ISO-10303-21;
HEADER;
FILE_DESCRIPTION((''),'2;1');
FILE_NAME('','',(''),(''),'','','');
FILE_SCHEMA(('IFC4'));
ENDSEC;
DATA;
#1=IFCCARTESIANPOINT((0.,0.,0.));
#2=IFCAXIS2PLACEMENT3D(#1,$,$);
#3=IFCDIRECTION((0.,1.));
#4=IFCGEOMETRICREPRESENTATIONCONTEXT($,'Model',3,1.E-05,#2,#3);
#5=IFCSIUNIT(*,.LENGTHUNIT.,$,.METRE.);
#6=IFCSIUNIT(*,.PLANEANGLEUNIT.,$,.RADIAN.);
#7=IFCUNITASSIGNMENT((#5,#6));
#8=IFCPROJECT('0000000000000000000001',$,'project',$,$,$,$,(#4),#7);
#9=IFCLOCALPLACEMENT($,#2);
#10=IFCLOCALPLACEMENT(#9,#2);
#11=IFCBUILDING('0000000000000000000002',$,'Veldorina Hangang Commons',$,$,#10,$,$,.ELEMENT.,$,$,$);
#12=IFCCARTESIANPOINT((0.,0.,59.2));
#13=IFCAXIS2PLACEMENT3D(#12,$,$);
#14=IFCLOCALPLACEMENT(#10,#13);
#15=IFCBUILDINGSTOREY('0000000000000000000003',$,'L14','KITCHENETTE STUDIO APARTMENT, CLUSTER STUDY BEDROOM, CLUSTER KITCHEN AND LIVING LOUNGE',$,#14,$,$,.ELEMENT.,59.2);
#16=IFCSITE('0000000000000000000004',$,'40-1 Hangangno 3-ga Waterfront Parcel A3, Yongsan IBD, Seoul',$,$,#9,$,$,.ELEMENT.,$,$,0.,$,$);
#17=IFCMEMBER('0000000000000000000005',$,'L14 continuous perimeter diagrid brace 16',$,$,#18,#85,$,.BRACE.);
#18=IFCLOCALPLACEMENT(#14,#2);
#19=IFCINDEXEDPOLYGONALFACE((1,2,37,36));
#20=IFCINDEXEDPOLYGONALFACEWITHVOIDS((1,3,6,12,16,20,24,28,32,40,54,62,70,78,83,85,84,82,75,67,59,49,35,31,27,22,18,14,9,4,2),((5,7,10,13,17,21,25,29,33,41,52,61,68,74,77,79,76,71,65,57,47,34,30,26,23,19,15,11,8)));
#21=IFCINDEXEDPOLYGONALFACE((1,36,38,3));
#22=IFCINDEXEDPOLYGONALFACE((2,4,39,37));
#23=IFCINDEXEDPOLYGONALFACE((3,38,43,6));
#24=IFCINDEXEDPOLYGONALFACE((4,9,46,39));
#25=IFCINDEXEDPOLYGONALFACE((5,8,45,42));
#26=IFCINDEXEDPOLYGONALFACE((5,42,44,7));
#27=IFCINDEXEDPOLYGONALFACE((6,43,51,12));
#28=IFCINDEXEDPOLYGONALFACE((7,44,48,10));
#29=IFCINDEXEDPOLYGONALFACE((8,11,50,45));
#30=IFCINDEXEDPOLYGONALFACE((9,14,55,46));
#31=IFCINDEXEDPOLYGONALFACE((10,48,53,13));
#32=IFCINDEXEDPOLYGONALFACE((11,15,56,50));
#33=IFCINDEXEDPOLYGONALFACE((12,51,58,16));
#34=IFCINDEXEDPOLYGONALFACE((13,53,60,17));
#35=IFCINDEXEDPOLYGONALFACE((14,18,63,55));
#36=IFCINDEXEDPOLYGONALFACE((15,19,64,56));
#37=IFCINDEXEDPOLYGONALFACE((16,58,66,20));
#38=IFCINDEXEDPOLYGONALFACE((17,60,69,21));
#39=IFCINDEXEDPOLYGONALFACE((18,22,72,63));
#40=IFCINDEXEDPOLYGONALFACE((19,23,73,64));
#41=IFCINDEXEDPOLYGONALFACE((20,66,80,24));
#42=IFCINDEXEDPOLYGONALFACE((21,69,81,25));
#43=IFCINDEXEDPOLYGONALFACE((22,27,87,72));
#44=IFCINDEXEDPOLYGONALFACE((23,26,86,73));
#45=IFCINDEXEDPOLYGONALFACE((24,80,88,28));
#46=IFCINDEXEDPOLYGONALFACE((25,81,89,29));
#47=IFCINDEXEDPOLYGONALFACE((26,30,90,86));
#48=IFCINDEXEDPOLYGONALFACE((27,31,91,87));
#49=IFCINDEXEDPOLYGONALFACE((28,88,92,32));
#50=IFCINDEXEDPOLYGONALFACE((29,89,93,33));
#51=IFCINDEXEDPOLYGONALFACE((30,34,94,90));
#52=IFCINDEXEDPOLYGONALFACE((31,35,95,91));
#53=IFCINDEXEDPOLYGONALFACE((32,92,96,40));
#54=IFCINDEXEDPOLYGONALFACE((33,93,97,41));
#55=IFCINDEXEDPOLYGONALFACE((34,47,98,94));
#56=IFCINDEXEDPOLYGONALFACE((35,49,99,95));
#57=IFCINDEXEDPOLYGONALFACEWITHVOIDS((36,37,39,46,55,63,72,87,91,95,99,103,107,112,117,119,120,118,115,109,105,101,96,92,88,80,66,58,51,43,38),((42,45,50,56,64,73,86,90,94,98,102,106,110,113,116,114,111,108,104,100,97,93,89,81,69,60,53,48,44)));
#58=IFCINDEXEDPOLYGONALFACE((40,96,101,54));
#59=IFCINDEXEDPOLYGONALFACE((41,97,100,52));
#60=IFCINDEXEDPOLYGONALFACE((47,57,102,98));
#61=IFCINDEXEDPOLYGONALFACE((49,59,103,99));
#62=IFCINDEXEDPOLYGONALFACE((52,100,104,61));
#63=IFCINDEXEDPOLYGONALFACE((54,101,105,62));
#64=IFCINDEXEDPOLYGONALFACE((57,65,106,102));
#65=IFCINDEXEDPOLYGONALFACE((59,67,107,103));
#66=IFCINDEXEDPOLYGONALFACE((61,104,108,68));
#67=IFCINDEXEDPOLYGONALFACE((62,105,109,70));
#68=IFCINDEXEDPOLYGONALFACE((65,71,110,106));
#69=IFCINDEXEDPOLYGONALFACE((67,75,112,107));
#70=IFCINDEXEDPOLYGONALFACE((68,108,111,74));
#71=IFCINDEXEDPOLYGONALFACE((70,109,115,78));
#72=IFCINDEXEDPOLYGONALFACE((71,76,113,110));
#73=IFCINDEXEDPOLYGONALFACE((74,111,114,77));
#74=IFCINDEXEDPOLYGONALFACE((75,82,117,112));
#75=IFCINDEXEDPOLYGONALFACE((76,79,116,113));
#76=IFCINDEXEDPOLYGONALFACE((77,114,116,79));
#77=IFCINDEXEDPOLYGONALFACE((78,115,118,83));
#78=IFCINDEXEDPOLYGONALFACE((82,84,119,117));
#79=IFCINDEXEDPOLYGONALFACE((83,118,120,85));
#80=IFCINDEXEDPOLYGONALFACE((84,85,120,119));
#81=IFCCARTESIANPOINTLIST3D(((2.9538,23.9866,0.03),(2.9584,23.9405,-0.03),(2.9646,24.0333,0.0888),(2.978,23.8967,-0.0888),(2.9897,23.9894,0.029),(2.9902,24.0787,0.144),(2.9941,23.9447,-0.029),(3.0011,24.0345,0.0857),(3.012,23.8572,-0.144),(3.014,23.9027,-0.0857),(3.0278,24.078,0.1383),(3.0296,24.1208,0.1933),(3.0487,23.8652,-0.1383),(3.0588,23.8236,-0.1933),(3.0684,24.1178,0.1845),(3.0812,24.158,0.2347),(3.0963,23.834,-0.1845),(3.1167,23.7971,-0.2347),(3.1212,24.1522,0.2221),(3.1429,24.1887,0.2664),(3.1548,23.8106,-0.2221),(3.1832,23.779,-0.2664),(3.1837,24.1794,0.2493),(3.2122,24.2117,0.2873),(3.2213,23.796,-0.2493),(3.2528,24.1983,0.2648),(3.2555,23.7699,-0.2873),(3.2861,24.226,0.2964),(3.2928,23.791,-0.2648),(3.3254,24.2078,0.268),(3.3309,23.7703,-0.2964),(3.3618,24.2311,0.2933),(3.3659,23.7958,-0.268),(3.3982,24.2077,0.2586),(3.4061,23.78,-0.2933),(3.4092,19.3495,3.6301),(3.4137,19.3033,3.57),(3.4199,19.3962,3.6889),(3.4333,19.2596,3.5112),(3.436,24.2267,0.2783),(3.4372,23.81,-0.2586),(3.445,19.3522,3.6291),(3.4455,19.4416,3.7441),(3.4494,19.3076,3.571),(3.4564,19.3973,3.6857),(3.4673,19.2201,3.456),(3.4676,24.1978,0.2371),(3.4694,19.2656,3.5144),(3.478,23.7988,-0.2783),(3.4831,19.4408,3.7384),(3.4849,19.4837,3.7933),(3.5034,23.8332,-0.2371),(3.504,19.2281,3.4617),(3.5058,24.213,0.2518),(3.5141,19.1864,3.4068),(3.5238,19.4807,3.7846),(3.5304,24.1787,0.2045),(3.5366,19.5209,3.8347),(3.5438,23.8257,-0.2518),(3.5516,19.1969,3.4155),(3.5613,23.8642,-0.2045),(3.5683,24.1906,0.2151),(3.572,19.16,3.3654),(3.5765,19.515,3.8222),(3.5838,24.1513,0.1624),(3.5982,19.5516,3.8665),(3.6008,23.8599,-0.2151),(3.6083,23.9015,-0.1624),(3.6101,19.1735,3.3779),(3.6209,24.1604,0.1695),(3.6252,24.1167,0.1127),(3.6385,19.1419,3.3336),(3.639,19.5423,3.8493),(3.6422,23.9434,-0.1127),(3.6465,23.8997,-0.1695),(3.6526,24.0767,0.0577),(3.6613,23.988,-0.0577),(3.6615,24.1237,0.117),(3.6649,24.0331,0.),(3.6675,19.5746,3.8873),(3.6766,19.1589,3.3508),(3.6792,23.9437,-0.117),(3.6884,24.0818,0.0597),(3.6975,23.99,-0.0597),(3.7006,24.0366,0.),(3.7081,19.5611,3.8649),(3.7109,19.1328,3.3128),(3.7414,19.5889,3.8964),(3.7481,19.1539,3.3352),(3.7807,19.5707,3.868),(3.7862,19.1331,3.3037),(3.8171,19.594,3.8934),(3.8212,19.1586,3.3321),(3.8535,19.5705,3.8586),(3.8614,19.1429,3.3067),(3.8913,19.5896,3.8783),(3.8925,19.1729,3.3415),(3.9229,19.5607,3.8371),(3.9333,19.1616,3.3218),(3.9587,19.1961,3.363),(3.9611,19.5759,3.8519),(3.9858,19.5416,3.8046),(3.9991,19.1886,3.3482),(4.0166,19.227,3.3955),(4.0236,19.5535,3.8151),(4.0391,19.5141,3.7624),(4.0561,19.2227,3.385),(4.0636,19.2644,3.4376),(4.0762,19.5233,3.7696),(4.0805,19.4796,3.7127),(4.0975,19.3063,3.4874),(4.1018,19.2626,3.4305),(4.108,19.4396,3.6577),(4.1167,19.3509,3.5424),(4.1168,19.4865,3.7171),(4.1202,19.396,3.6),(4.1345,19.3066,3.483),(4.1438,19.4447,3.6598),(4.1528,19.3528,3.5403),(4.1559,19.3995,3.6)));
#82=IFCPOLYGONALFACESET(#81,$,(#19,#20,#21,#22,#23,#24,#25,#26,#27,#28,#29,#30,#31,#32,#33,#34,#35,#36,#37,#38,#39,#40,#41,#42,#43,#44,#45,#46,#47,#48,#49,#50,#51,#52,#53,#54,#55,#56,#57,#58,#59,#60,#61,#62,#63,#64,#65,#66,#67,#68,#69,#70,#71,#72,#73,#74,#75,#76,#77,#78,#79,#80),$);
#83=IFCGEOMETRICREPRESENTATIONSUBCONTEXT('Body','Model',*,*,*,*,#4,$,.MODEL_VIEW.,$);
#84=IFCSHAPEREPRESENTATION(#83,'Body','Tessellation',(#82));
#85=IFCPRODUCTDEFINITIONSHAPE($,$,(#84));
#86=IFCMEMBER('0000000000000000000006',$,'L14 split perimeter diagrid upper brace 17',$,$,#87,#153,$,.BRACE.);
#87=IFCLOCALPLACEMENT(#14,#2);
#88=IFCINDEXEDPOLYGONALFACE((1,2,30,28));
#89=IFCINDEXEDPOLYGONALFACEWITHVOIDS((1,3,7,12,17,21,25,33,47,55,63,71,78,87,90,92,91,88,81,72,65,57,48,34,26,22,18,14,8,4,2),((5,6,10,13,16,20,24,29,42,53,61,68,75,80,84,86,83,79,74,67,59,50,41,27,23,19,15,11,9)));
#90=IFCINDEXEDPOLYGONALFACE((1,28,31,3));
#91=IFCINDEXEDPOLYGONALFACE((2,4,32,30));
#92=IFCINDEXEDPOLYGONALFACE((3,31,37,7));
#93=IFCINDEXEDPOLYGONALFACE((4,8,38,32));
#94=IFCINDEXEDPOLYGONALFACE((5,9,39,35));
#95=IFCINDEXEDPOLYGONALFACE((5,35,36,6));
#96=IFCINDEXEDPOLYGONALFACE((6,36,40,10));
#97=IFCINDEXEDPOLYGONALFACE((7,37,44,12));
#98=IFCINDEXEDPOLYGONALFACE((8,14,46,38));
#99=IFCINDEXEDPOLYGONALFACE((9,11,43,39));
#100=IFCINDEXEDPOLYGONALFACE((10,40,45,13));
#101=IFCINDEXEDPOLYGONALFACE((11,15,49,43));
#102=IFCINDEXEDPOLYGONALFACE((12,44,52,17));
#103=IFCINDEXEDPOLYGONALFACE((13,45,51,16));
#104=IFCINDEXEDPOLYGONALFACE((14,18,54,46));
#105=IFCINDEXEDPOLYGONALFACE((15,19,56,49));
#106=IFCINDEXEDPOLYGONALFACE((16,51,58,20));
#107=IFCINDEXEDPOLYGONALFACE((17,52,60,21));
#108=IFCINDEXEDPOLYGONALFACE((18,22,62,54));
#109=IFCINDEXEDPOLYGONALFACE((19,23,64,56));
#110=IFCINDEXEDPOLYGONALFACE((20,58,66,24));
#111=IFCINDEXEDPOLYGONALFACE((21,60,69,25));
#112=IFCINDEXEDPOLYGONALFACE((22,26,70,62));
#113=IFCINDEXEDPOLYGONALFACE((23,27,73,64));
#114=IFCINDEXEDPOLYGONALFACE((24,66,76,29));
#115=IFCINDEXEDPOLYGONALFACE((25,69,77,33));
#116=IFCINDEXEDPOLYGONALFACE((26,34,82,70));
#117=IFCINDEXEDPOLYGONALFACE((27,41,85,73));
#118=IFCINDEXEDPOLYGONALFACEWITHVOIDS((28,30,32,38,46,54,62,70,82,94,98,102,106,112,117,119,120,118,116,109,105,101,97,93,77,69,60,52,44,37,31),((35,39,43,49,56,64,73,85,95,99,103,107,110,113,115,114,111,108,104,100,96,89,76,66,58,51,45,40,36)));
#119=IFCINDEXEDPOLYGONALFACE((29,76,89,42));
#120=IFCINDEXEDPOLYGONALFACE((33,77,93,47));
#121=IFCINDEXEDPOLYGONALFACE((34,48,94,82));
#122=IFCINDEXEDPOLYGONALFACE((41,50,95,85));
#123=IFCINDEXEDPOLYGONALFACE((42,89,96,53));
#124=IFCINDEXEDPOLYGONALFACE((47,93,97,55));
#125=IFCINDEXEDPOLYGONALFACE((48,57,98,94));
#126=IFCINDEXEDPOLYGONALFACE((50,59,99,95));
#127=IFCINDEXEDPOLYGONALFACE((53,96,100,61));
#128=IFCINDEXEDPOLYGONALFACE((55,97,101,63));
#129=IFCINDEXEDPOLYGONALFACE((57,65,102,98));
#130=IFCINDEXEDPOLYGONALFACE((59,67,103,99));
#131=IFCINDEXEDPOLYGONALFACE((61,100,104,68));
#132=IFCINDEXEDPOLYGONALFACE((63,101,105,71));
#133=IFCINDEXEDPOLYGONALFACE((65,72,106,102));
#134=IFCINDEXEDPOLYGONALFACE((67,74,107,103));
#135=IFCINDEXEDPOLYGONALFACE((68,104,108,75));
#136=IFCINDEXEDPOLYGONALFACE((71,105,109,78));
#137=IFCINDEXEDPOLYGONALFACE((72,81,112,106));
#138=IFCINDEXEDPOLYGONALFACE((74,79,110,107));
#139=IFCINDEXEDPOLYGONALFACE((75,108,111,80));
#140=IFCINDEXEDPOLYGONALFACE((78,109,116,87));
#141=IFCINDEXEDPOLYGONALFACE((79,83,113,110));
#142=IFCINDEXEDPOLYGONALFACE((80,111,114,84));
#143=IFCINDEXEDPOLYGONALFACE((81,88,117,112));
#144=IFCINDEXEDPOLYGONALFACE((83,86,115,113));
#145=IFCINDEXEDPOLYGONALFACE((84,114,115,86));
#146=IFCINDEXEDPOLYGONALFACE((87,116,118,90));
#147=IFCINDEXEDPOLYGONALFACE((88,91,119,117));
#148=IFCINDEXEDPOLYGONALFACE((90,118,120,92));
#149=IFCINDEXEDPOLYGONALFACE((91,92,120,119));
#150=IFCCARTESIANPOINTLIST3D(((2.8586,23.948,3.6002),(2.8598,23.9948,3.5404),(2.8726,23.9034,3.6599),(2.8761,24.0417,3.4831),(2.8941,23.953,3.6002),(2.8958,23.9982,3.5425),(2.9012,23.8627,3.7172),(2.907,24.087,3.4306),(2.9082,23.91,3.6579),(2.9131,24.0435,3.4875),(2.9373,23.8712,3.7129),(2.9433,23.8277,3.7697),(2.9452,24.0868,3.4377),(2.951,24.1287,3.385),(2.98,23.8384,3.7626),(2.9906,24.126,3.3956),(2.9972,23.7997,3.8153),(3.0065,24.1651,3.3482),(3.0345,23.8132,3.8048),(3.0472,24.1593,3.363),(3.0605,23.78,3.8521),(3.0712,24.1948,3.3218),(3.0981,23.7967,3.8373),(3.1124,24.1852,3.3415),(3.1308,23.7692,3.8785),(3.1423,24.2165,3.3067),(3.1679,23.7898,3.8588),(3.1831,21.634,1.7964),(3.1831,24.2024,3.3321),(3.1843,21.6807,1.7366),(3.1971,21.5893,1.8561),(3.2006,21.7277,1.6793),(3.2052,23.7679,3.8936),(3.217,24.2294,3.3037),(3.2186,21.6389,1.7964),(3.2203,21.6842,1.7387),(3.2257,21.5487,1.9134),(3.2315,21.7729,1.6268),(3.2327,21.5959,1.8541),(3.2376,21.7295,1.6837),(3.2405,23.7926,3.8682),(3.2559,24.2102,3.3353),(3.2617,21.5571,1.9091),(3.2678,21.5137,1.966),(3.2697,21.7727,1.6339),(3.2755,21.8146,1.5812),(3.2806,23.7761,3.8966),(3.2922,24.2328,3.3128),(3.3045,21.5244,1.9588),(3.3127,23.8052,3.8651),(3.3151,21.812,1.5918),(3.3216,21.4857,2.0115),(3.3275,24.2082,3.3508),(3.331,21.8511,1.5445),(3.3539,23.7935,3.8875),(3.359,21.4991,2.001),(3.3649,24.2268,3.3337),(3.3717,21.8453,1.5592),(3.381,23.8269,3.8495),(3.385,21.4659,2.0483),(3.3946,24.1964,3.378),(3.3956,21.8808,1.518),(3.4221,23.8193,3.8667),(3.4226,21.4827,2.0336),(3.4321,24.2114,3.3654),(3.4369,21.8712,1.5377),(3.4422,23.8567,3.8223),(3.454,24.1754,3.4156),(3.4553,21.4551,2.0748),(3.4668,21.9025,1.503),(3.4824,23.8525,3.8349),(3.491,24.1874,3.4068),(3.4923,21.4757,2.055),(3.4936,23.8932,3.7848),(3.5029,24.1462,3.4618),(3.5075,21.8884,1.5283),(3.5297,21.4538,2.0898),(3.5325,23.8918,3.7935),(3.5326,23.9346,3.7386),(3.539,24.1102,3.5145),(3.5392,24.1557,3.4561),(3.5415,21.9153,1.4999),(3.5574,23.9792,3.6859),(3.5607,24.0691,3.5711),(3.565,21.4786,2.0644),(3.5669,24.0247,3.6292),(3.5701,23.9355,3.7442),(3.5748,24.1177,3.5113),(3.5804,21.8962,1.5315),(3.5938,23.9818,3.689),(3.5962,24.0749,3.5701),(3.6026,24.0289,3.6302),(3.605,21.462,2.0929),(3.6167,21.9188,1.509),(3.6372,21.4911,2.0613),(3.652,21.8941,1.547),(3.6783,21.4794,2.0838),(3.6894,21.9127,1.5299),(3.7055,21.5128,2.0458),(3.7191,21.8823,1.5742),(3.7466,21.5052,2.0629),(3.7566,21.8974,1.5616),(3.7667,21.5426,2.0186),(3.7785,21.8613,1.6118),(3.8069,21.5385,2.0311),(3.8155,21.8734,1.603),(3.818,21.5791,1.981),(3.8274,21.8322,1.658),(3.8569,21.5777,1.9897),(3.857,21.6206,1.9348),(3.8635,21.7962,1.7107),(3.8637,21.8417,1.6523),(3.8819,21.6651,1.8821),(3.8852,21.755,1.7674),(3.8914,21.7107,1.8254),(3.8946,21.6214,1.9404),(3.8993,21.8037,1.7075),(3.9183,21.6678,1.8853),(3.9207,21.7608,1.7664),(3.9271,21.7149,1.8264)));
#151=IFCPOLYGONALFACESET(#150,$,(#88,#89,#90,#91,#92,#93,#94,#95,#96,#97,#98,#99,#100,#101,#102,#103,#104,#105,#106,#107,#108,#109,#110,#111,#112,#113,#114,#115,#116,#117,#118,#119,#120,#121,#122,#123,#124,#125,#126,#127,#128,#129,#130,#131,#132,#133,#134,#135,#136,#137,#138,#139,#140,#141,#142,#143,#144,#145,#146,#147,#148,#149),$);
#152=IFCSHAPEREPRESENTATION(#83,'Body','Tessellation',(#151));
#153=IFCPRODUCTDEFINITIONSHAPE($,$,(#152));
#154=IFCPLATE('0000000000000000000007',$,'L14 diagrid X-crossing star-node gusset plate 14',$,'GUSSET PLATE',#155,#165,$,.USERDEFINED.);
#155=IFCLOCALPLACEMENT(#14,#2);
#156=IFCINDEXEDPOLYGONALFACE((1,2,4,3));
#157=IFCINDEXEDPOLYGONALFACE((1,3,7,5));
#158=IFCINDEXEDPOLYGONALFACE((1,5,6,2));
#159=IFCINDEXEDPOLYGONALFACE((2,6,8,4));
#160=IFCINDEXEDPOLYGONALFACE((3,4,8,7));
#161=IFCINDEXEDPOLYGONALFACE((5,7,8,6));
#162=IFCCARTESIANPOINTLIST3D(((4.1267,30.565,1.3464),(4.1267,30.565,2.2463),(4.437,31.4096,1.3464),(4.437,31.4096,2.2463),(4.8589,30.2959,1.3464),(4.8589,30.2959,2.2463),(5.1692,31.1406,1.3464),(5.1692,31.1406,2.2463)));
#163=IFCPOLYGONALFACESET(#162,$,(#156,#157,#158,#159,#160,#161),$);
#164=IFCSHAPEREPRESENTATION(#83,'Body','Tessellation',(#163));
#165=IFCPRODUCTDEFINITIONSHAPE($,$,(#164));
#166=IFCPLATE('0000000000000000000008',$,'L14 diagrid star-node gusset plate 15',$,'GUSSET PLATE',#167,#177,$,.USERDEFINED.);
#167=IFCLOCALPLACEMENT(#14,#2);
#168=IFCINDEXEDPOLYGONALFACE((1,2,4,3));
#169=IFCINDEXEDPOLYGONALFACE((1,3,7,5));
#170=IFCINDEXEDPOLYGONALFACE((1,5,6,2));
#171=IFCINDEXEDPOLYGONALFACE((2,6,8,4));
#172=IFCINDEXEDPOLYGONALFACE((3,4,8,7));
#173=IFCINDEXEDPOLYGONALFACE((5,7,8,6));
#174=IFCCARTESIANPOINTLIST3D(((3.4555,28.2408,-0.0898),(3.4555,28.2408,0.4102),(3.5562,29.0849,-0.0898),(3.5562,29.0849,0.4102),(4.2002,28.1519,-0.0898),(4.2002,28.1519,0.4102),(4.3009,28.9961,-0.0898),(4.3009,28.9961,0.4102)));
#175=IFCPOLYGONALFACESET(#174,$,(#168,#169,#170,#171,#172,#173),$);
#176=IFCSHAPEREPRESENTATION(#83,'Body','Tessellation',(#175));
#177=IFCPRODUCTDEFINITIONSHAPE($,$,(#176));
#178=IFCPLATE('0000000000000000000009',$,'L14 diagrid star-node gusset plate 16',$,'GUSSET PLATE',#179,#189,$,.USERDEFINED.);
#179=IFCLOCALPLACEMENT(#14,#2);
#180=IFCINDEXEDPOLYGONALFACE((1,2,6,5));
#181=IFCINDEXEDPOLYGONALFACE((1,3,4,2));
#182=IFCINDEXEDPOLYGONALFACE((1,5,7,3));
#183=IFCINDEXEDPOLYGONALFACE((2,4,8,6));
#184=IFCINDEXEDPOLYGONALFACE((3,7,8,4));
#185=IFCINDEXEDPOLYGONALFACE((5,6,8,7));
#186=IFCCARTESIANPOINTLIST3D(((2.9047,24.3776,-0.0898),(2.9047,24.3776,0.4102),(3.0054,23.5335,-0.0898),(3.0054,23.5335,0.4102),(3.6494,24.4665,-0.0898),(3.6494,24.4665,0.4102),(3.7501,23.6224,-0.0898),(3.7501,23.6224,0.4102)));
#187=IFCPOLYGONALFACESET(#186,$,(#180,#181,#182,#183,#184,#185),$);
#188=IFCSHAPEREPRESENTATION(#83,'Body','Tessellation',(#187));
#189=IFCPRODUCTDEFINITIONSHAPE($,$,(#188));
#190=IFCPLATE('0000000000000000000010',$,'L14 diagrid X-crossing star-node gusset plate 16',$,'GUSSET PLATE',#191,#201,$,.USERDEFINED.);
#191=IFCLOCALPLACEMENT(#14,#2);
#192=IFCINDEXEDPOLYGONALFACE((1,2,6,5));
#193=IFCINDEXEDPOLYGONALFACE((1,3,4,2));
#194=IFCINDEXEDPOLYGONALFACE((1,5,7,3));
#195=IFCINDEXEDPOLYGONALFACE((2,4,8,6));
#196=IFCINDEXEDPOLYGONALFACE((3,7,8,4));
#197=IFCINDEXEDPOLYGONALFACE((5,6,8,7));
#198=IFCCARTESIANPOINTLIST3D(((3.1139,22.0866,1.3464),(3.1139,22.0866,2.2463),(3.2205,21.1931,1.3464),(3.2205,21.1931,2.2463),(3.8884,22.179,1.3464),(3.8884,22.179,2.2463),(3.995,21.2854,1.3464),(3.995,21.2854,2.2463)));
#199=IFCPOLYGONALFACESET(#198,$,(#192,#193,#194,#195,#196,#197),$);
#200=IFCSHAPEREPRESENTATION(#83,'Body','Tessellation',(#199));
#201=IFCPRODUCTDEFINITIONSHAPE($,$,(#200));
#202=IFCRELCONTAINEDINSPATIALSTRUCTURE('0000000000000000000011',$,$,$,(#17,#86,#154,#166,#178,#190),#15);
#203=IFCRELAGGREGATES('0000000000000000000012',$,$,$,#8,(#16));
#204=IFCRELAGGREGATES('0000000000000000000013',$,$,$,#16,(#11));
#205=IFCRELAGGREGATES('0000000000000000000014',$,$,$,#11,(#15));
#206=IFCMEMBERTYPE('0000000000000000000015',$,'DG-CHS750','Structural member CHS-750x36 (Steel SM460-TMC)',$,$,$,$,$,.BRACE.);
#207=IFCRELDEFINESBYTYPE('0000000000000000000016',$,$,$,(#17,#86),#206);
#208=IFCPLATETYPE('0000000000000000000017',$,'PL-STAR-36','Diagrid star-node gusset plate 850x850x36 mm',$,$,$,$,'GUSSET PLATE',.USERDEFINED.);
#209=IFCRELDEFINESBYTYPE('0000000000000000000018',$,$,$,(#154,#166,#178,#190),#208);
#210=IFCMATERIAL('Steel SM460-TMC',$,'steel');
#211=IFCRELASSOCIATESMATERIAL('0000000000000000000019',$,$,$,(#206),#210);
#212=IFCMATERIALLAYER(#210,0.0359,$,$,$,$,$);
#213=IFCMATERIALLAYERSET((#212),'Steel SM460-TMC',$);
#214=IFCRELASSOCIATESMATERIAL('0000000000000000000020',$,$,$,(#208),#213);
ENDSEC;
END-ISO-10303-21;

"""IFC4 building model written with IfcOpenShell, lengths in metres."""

from ifc_helpers import new_model, si_unit, direction, frame, origin, origin_2d, place, context, subcontext, project, spatial, rectangle, hollow_circle, extrude, material, layer, layer_set, material_profile, profile_set, type_object, element, save


model = new_model("IFC4")

# Units and contexts
model_context = context("Model", 3, precision=1e-05, world=origin(), true_north=direction((0.0, 1.0)))
body_context = subcontext(model_context, "Body", "Model", "MODEL_VIEW")
ifc_project = project(units=[si_unit("LENGTHUNIT", "METRE"), si_unit("PLANEANGLEUNIT", "RADIAN")], contexts=[model_context])

# Site, building, storey
site_placement = place(None, origin())
site = spatial("IfcSite", under=ifc_project, at=site_placement, Name="40-1 Hangangno 3-ga Waterfront Parcel A3, Yongsan IBD, Seoul", CompositionType="ELEMENT", RefElevation=0.0)
building_placement = place(site_placement, origin())
building = spatial("IfcBuilding", under=site, at=building_placement, Name="Veldorina Hangang Commons", CompositionType="ELEMENT")
storey_placement = place(building_placement, frame((0.0, 0.0, 59.2)))
storey = spatial("IfcBuildingStorey", under=building, at=storey_placement, Name="L14", Description="KITCHENETTE STUDIO APARTMENT, CLUSTER STUDY BEDROOM, CLUSTER KITCHEN AND LIVING LOUNGE", CompositionType="ELEMENT", Elevation=59.2)

# Shared definitions
ifc_material_1 = material(Name="Steel SM460-TMC", Category="steel")

# Members
ifc_material_profile_1 = material_profile(ifc_material_1, hollow_circle(Radius=0.375, WallThickness=0.0359, at=origin_2d()), Name="CHS-750x36")
ifc_profile_set_1 = profile_set([ifc_material_profile_1], Name="Steel SM460-TMC")
member_type = type_object("IfcMemberType", Name="DG-CHS750", Description="Structural member CHS-750x36 (Steel SM460-TMC)", PredefinedType="BRACE", material=ifc_profile_set_1)
member_1_placement = place(storey_placement, frame((3.3274, 24.0, 0.0), z_axis=(0.077327, -0.787533, 0.611402), x_axis=(0.995214, 0.097719, 0.0)))
element("IfcMember", 1, at=member_1_placement, inside=storey, type_object=member_type, Name="L14 continuous perimeter diagrid brace 16", PredefinedType="BRACE", context=body_context, shape_type="SweptSolid", body=[
    extrude(hollow_circle(Radius=0.375, WallThickness=0.0359, at=origin_2d()), origin(), (0.0, 0.0, 1.0), 5.8882),
])
member_2_placement = place(storey_placement, frame((3.5544, 21.686, 1.7964), z_axis=(-0.109921, 0.783918, 0.611056), x_axis=(-0.990312, -0.138861, 0.0)))
element("IfcMember", 2, at=member_2_placement, inside=storey, type_object=member_type, Name="L14 split perimeter diagrid upper brace 17", PredefinedType="BRACE", context=body_context, shape_type="SweptSolid", body=[
    extrude(hollow_circle(Radius=0.375, WallThickness=0.0359, at=origin_2d()), origin(), (0.0, 0.0, 1.0), 2.9519),
])

# Plates
ifc_layer_1 = layer(ifc_material_1, 0.0359)
ifc_layer_set_1 = layer_set([ifc_layer_1], Name="Steel SM460-TMC")
plate_type = type_object("IfcPlateType", Name="PL-STAR-36", Description="Diagrid star-node gusset plate 850x850x36 mm", ElementType="GUSSET PLATE", PredefinedType="USERDEFINED", material=ifc_layer_set_1)
plate_1_placement = place(storey_placement, frame((4.6479, 30.8528, 1.3464), z_axis=(0.0, 0.0, 1.0), x_axis=(-0.344889, -0.938644, 0.0)))
element("IfcPlate", 3, at=plate_1_placement, inside=storey, type_object=plate_type, Name="L14 diagrid X-crossing star-node gusset plate 14", ObjectType="GUSSET PLATE", PredefinedType="USERDEFINED", context=body_context, shape_type="SweptSolid", body=[
    extrude(rectangle(XDim=0.8999, YDim=0.78, at=origin_2d()), origin(), (0.0, 0.0, 1.0), 0.8999),
])
for number, where, z_axis, x_axis, name in (
    (4, (3.8782, 28.6184, -0.0898), (0.0, 0.0, 1.0), (-0.118439, -0.992961, 0.0), "L14 diagrid star-node gusset plate 15"),
    (5, (3.3274, 24.0, -0.0898), (0.0, 0.0, 1.0), (0.118439, -0.992961, 0.0), "L14 diagrid star-node gusset plate 16"),
):
    element("IfcPlate", number, at=place(storey_placement, frame(where, z_axis=z_axis, x_axis=x_axis)), inside=storey, type_object=plate_type, Name=name, ObjectType="GUSSET PLATE", PredefinedType="USERDEFINED", context=body_context, shape_type="SweptSolid", body=[
        extrude(rectangle(XDim=0.8501, YDim=0.75, at=origin_2d()), origin(), (0.0, 0.0, 1.0), 0.5),
    ])
plate_2_placement = place(storey_placement, frame((3.5544, 21.686, 1.3464), z_axis=(0.0, 0.0, 1.0), x_axis=(0.118439, -0.992961, 0.0)))
element("IfcPlate", 6, at=plate_2_placement, inside=storey, type_object=plate_type, Name="L14 diagrid X-crossing star-node gusset plate 16", ObjectType="GUSSET PLATE", PredefinedType="USERDEFINED", context=body_context, shape_type="SweptSolid", body=[
    extrude(rectangle(XDim=0.8999, YDim=0.78, at=origin_2d()), origin(), (0.0, 0.0, 1.0), 0.8999),
])

save(model, "model.ifc")
